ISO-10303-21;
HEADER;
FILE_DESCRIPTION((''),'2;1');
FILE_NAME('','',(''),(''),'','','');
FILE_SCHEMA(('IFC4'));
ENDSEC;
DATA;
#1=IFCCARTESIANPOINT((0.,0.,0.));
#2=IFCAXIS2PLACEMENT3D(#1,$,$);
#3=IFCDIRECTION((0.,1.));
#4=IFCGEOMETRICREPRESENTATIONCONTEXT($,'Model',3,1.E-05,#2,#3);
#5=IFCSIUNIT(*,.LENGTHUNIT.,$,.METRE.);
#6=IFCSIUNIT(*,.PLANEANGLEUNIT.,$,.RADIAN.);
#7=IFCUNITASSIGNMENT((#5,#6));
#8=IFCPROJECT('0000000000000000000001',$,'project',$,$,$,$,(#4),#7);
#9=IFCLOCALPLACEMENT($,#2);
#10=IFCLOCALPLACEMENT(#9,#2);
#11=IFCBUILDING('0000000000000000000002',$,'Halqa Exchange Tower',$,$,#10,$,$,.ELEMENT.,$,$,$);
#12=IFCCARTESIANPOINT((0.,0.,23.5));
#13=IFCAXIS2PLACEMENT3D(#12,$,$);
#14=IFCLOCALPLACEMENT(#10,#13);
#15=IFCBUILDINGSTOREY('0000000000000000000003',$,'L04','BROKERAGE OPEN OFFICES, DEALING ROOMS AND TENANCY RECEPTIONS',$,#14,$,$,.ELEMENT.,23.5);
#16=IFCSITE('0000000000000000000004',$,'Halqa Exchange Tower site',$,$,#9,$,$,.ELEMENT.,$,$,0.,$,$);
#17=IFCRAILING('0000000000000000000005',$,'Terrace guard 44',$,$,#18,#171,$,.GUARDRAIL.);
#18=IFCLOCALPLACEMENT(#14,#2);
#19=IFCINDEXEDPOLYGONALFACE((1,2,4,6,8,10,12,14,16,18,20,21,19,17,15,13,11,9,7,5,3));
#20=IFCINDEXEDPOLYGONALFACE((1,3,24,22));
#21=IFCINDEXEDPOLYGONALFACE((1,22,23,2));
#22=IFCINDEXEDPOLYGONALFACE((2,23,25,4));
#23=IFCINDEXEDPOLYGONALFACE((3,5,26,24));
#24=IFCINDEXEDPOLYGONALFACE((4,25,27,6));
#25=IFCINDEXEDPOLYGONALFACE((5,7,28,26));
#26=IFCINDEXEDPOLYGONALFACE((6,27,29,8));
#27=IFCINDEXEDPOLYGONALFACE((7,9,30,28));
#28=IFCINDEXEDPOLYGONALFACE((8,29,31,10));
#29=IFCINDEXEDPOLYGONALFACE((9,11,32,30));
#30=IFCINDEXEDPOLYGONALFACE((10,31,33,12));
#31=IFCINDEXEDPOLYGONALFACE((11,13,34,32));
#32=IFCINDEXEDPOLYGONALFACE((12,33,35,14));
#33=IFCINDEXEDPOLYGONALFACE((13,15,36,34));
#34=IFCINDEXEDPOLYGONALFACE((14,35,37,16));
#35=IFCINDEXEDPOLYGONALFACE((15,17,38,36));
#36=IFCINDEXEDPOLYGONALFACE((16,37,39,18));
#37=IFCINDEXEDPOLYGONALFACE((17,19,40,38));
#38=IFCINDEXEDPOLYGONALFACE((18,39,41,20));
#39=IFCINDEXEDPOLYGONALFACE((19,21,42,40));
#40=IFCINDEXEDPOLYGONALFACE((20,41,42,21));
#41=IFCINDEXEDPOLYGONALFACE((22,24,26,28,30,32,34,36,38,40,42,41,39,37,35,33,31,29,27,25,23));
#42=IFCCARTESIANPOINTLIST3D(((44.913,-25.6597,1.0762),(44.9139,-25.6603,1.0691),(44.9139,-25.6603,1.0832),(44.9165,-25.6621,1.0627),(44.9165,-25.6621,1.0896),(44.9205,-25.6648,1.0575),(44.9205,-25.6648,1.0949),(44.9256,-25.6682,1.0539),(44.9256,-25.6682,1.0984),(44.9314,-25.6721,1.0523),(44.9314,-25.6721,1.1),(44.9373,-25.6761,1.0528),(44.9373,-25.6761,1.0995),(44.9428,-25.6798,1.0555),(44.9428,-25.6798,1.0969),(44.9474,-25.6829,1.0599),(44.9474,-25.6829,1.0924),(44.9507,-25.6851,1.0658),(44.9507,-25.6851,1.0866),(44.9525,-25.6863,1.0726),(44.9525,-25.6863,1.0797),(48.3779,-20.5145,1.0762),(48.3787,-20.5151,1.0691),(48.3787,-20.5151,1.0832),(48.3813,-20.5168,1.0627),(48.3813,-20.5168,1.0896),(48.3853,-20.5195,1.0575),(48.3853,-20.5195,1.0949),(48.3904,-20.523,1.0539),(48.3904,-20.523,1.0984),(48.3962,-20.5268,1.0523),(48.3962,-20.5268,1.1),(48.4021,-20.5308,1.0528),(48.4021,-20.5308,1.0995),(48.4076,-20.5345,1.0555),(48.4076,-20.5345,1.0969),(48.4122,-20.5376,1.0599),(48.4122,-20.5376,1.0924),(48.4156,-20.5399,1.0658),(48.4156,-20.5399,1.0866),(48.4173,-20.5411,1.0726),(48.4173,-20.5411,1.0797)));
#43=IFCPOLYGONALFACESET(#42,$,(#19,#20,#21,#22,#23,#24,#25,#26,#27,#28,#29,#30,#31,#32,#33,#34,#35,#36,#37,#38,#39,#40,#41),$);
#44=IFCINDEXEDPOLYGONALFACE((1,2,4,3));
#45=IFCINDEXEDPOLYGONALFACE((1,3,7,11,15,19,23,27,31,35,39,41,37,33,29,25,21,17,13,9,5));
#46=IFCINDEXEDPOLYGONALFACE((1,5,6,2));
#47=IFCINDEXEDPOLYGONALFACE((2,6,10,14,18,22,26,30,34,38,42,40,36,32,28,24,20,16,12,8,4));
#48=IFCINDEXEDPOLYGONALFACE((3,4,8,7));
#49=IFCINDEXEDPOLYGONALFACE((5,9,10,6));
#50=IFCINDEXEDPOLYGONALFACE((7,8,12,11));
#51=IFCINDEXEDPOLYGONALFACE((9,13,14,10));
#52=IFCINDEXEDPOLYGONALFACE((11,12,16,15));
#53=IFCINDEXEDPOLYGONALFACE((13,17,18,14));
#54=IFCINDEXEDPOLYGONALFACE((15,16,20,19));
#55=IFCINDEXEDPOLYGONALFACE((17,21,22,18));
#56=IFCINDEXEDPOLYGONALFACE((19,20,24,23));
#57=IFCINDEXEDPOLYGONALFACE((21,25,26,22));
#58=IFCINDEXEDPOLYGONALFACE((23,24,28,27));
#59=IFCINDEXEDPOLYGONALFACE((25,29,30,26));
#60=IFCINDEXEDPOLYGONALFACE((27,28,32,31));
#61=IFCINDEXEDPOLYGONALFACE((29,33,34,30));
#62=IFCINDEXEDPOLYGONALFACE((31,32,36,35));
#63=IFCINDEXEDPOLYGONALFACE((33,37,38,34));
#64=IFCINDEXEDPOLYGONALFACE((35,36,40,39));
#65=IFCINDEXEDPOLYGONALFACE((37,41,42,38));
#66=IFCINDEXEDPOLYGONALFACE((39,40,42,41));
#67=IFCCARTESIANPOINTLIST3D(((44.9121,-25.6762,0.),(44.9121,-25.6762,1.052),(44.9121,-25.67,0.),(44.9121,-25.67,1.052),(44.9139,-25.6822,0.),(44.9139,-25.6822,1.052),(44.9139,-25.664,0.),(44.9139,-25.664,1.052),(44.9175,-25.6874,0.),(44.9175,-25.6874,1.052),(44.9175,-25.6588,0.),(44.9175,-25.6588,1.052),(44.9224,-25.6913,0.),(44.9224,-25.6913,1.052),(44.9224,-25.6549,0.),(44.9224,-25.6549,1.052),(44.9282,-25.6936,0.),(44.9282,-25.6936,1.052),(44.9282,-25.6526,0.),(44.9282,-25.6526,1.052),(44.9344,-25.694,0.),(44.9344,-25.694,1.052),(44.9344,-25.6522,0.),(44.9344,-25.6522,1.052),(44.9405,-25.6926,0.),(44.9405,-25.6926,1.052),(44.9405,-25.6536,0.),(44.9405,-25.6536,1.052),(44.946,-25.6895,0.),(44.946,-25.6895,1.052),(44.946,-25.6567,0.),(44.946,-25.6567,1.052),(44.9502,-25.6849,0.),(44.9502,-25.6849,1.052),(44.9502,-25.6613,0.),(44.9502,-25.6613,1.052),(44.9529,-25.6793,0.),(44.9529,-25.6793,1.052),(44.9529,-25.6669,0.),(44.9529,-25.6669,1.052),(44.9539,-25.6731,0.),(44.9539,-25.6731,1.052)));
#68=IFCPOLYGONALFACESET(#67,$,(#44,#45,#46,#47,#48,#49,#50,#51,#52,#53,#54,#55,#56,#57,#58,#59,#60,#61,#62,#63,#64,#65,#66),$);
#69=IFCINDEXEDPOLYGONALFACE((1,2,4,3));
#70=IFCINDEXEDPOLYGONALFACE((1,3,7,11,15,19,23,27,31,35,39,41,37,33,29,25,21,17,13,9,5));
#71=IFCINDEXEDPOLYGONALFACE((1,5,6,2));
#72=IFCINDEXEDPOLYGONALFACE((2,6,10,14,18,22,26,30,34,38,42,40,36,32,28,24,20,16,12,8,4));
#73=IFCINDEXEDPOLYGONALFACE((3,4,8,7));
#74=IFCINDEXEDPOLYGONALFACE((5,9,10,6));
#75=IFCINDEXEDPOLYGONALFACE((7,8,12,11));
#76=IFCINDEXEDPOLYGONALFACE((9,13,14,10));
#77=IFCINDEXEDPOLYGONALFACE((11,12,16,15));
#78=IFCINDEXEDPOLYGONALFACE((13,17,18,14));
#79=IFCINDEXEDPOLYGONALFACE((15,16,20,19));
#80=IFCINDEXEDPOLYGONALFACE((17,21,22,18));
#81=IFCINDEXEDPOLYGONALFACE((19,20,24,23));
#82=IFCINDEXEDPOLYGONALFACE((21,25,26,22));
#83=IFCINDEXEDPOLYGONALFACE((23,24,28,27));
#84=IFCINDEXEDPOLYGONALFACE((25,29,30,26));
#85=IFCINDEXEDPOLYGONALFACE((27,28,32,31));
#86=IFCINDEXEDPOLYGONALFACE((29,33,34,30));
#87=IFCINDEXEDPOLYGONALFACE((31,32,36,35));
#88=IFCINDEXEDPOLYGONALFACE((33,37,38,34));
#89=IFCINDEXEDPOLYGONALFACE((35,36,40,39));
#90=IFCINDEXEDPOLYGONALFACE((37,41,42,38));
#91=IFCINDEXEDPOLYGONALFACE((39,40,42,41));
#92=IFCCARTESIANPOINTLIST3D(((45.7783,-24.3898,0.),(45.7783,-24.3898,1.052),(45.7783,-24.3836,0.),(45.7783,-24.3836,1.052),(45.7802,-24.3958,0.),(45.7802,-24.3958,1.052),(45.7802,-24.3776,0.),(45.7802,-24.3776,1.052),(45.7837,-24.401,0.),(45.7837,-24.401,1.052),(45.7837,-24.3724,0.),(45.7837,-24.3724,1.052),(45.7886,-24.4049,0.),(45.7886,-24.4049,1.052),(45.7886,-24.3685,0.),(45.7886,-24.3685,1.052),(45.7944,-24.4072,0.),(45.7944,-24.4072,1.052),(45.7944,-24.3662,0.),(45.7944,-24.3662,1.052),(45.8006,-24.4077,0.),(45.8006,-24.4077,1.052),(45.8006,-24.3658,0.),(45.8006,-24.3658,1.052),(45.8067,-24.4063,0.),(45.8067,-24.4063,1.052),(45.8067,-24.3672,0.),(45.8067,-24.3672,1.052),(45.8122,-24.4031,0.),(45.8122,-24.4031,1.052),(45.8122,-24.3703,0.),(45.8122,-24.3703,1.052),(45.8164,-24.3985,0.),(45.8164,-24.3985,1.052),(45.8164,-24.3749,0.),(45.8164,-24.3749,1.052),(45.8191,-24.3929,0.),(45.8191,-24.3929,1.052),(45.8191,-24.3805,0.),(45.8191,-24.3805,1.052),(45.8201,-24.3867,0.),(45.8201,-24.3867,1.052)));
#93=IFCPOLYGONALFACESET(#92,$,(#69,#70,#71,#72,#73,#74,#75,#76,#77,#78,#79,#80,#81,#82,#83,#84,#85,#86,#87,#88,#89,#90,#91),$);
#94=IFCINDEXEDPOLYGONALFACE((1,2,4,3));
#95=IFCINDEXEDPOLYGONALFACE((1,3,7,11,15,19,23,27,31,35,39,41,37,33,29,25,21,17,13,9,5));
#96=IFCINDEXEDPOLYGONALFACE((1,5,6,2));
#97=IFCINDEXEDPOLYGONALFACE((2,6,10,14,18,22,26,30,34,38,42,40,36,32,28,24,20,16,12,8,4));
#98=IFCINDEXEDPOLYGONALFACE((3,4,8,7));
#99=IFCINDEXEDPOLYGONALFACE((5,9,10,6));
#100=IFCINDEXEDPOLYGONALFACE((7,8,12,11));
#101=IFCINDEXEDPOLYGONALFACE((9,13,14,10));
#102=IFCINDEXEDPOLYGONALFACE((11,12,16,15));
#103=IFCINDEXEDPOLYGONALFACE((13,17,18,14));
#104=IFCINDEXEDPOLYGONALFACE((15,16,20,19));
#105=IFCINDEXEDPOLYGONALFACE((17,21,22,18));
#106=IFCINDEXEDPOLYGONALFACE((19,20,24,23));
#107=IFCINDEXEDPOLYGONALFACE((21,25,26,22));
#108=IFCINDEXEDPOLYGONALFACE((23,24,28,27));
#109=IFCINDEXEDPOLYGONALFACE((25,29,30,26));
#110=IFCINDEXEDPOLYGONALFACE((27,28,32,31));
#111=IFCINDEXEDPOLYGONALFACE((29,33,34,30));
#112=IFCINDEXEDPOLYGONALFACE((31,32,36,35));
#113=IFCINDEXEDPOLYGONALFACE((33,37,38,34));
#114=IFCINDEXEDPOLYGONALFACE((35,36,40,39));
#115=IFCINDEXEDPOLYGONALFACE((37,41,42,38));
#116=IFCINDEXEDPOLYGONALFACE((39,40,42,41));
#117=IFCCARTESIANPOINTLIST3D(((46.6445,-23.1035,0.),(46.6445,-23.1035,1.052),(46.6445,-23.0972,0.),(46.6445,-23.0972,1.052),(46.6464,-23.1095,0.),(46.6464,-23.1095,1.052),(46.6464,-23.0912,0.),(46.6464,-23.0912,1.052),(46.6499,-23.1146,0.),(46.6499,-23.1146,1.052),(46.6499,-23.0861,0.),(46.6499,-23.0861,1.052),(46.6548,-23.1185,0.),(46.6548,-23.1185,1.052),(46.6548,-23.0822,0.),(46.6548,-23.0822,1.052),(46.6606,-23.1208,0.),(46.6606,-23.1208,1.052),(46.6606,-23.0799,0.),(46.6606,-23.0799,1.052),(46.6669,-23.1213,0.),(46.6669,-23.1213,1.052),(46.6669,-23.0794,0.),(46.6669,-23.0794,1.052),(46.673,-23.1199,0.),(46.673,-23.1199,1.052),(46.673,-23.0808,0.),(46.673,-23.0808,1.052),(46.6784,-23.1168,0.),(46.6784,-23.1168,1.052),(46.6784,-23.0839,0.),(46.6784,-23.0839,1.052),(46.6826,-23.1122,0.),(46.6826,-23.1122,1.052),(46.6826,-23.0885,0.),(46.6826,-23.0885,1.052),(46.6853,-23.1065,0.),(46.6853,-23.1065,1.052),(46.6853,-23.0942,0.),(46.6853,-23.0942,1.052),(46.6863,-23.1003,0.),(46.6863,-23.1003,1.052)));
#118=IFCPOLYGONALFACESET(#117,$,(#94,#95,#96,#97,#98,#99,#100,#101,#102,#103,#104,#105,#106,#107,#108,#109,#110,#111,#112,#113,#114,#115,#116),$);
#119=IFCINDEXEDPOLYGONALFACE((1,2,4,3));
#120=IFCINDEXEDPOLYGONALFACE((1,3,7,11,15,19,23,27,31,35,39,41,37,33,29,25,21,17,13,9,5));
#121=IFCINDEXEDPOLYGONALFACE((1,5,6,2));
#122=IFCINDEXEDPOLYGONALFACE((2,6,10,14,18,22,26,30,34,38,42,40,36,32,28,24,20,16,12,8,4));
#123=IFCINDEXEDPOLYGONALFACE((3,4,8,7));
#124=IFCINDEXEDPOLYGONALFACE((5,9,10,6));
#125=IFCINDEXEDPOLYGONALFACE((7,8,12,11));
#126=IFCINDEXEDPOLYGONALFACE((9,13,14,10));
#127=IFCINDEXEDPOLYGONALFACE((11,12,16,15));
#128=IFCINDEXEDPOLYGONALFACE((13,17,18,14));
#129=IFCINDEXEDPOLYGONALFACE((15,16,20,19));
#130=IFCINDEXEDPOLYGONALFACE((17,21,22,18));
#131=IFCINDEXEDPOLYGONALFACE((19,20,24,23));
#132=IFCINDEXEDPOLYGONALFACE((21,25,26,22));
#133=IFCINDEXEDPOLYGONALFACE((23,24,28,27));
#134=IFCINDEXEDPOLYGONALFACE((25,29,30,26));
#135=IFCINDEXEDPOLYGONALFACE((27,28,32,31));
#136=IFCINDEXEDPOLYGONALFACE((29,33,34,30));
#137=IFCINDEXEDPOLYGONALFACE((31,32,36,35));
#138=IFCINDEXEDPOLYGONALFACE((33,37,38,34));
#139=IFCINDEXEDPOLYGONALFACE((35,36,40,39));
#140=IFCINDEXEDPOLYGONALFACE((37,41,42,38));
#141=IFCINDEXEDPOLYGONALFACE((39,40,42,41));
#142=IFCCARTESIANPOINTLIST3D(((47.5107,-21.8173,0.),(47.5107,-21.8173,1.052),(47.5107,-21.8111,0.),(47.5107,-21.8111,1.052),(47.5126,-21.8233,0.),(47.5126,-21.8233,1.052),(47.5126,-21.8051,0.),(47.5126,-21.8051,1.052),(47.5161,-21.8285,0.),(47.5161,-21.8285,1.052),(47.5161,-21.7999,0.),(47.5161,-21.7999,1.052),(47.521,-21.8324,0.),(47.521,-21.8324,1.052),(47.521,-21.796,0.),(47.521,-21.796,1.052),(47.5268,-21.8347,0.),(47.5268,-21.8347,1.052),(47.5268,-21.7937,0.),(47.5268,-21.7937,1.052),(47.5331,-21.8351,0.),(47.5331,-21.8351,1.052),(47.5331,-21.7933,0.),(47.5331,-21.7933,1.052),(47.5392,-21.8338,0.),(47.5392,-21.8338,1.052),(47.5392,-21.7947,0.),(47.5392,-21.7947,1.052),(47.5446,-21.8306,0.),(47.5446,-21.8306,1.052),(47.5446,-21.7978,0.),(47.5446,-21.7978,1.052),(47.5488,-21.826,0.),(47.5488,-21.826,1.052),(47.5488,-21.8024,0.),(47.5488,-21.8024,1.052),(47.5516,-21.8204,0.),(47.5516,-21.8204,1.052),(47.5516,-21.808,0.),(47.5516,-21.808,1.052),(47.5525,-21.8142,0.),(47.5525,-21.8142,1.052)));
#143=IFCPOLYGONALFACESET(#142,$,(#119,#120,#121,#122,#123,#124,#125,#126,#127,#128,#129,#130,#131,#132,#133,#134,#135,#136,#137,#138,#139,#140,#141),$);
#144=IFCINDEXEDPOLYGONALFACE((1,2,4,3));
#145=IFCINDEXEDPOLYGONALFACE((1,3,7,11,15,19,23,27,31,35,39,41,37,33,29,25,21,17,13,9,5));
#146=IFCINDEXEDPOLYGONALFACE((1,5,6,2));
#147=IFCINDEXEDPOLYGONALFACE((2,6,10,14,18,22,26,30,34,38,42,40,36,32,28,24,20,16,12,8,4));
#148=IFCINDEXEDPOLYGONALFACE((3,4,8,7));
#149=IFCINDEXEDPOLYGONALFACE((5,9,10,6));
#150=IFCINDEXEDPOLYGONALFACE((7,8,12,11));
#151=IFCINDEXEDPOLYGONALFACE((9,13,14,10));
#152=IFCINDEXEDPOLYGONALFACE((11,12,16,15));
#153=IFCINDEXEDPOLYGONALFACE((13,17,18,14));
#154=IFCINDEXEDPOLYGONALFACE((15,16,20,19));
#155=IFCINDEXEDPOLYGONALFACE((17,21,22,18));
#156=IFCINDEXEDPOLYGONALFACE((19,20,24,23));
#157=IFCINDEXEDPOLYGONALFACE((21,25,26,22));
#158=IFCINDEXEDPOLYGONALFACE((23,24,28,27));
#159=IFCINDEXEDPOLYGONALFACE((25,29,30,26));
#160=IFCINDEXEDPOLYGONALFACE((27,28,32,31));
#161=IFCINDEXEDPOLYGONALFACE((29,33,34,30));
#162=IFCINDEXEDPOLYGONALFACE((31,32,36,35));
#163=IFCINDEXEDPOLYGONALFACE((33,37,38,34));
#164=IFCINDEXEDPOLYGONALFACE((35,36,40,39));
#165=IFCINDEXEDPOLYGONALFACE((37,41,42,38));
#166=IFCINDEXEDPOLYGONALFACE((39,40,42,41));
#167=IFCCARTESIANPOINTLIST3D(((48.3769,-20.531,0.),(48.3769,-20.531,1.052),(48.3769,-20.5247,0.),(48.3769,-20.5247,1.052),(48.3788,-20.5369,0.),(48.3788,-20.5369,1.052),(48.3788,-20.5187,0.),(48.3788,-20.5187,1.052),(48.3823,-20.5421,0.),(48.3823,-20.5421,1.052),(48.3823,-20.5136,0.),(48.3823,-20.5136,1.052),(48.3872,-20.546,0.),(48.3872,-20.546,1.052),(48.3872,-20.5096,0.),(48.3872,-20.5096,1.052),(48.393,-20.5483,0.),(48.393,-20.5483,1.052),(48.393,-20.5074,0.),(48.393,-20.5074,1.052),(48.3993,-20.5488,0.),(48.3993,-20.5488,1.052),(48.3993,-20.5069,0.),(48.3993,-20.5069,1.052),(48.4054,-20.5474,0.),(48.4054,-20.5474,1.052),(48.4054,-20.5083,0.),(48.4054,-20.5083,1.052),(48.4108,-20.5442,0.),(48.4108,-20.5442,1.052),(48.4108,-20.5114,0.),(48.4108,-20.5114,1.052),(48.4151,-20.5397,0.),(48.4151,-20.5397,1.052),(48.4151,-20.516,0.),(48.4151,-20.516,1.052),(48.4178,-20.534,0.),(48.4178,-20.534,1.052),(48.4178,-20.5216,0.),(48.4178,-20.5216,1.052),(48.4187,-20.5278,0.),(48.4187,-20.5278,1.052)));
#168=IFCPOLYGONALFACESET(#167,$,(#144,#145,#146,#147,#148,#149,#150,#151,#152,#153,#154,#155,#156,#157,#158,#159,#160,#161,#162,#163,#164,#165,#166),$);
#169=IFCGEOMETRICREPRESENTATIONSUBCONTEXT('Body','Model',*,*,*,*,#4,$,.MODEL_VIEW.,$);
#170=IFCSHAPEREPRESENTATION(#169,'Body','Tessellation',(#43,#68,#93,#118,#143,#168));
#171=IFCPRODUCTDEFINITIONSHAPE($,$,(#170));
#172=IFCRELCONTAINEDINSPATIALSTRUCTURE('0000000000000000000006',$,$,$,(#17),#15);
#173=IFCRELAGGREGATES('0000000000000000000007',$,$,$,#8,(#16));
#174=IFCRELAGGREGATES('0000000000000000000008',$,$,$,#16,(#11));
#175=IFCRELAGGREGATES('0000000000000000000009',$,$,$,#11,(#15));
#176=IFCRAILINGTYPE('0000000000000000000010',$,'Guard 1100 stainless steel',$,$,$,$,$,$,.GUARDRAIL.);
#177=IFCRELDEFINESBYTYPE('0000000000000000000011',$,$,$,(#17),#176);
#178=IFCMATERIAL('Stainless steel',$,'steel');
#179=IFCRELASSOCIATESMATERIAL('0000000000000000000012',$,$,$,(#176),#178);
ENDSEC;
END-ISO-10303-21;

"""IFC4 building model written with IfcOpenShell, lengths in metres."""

from ifc_helpers import new_model, si_unit, direction, frame, origin, origin_2d, place, context, subcontext, project, spatial, circle, extrude, material, type_object, element, save


model = new_model("IFC4")

# Units and contexts
model_context = context("Model", 3, precision=1e-05, world=origin(), true_north=direction((0.0, 1.0)))
body_context = subcontext(model_context, "Body", "Model", "MODEL_VIEW")
ifc_project = project(units=[si_unit("LENGTHUNIT", "METRE"), si_unit("PLANEANGLEUNIT", "RADIAN")], contexts=[model_context])

# Site, building, storey
site_placement = place(None, origin())
site = spatial("IfcSite", under=ifc_project, at=site_placement, Name="Halqa Exchange Tower site", CompositionType="ELEMENT", RefElevation=0.0)
building_placement = place(site_placement, origin())
building = spatial("IfcBuilding", under=site, at=building_placement, Name="Halqa Exchange Tower", CompositionType="ELEMENT")
storey_placement = place(building_placement, frame((0.0, 0.0, 23.5)))
storey = spatial("IfcBuildingStorey", under=building, at=storey_placement, Name="L04", Description="BROKERAGE OPEN OFFICES, DEALING ROOMS AND TENANCY RECEPTIONS", CompositionType="ELEMENT", Elevation=23.5)

# Railing
ifc_material_1 = material(Name="Stainless steel", Category="steel")
railing_type = type_object("IfcRailingType", Name="Guard 1100 stainless steel", PredefinedType="GUARDRAIL", material=ifc_material_1)
railing_1_placement = place(storey_placement, frame((44.9329, -25.6731, 0.0)))
element("IfcRailing", 1, at=railing_1_placement, inside=storey, type_object=railing_type, Name="Terrace guard 44", PredefinedType="GUARDRAIL", context=body_context, shape_type="SweptSolid", body=[
    extrude(circle(Radius=0.0239, at=origin_2d()), frame((0.0, 0.0, 1.0762), z_axis=(0.558563, 0.829462, 0.0), x_axis=(-0.829462, 0.558563, 0.0)), (0.0, 0.0, 1.0), 6.2031),
    extrude(circle(Radius=0.021, at=origin_2d()), origin(), (0.0, 0.0, 1.0), 1.052),
    extrude(circle(Radius=0.021, at=origin_2d()), frame((0.8662, 1.2864, 0.0)), (0.0, 0.0, 1.0), 1.052),
    extrude(circle(Radius=0.021, at=origin_2d()), frame((1.7324, 2.5728, 0.0)), (0.0, 0.0, 1.0), 1.052),
    extrude(circle(Radius=0.021, at=origin_2d()), frame((2.5986, 3.8589, 0.0)), (0.0, 0.0, 1.0), 1.052),
    extrude(circle(Radius=0.021, at=origin_2d()), frame((3.4648, 5.1453, 0.0)), (0.0, 0.0, 1.0), 1.052),
])

save(model, "model.ifc")
